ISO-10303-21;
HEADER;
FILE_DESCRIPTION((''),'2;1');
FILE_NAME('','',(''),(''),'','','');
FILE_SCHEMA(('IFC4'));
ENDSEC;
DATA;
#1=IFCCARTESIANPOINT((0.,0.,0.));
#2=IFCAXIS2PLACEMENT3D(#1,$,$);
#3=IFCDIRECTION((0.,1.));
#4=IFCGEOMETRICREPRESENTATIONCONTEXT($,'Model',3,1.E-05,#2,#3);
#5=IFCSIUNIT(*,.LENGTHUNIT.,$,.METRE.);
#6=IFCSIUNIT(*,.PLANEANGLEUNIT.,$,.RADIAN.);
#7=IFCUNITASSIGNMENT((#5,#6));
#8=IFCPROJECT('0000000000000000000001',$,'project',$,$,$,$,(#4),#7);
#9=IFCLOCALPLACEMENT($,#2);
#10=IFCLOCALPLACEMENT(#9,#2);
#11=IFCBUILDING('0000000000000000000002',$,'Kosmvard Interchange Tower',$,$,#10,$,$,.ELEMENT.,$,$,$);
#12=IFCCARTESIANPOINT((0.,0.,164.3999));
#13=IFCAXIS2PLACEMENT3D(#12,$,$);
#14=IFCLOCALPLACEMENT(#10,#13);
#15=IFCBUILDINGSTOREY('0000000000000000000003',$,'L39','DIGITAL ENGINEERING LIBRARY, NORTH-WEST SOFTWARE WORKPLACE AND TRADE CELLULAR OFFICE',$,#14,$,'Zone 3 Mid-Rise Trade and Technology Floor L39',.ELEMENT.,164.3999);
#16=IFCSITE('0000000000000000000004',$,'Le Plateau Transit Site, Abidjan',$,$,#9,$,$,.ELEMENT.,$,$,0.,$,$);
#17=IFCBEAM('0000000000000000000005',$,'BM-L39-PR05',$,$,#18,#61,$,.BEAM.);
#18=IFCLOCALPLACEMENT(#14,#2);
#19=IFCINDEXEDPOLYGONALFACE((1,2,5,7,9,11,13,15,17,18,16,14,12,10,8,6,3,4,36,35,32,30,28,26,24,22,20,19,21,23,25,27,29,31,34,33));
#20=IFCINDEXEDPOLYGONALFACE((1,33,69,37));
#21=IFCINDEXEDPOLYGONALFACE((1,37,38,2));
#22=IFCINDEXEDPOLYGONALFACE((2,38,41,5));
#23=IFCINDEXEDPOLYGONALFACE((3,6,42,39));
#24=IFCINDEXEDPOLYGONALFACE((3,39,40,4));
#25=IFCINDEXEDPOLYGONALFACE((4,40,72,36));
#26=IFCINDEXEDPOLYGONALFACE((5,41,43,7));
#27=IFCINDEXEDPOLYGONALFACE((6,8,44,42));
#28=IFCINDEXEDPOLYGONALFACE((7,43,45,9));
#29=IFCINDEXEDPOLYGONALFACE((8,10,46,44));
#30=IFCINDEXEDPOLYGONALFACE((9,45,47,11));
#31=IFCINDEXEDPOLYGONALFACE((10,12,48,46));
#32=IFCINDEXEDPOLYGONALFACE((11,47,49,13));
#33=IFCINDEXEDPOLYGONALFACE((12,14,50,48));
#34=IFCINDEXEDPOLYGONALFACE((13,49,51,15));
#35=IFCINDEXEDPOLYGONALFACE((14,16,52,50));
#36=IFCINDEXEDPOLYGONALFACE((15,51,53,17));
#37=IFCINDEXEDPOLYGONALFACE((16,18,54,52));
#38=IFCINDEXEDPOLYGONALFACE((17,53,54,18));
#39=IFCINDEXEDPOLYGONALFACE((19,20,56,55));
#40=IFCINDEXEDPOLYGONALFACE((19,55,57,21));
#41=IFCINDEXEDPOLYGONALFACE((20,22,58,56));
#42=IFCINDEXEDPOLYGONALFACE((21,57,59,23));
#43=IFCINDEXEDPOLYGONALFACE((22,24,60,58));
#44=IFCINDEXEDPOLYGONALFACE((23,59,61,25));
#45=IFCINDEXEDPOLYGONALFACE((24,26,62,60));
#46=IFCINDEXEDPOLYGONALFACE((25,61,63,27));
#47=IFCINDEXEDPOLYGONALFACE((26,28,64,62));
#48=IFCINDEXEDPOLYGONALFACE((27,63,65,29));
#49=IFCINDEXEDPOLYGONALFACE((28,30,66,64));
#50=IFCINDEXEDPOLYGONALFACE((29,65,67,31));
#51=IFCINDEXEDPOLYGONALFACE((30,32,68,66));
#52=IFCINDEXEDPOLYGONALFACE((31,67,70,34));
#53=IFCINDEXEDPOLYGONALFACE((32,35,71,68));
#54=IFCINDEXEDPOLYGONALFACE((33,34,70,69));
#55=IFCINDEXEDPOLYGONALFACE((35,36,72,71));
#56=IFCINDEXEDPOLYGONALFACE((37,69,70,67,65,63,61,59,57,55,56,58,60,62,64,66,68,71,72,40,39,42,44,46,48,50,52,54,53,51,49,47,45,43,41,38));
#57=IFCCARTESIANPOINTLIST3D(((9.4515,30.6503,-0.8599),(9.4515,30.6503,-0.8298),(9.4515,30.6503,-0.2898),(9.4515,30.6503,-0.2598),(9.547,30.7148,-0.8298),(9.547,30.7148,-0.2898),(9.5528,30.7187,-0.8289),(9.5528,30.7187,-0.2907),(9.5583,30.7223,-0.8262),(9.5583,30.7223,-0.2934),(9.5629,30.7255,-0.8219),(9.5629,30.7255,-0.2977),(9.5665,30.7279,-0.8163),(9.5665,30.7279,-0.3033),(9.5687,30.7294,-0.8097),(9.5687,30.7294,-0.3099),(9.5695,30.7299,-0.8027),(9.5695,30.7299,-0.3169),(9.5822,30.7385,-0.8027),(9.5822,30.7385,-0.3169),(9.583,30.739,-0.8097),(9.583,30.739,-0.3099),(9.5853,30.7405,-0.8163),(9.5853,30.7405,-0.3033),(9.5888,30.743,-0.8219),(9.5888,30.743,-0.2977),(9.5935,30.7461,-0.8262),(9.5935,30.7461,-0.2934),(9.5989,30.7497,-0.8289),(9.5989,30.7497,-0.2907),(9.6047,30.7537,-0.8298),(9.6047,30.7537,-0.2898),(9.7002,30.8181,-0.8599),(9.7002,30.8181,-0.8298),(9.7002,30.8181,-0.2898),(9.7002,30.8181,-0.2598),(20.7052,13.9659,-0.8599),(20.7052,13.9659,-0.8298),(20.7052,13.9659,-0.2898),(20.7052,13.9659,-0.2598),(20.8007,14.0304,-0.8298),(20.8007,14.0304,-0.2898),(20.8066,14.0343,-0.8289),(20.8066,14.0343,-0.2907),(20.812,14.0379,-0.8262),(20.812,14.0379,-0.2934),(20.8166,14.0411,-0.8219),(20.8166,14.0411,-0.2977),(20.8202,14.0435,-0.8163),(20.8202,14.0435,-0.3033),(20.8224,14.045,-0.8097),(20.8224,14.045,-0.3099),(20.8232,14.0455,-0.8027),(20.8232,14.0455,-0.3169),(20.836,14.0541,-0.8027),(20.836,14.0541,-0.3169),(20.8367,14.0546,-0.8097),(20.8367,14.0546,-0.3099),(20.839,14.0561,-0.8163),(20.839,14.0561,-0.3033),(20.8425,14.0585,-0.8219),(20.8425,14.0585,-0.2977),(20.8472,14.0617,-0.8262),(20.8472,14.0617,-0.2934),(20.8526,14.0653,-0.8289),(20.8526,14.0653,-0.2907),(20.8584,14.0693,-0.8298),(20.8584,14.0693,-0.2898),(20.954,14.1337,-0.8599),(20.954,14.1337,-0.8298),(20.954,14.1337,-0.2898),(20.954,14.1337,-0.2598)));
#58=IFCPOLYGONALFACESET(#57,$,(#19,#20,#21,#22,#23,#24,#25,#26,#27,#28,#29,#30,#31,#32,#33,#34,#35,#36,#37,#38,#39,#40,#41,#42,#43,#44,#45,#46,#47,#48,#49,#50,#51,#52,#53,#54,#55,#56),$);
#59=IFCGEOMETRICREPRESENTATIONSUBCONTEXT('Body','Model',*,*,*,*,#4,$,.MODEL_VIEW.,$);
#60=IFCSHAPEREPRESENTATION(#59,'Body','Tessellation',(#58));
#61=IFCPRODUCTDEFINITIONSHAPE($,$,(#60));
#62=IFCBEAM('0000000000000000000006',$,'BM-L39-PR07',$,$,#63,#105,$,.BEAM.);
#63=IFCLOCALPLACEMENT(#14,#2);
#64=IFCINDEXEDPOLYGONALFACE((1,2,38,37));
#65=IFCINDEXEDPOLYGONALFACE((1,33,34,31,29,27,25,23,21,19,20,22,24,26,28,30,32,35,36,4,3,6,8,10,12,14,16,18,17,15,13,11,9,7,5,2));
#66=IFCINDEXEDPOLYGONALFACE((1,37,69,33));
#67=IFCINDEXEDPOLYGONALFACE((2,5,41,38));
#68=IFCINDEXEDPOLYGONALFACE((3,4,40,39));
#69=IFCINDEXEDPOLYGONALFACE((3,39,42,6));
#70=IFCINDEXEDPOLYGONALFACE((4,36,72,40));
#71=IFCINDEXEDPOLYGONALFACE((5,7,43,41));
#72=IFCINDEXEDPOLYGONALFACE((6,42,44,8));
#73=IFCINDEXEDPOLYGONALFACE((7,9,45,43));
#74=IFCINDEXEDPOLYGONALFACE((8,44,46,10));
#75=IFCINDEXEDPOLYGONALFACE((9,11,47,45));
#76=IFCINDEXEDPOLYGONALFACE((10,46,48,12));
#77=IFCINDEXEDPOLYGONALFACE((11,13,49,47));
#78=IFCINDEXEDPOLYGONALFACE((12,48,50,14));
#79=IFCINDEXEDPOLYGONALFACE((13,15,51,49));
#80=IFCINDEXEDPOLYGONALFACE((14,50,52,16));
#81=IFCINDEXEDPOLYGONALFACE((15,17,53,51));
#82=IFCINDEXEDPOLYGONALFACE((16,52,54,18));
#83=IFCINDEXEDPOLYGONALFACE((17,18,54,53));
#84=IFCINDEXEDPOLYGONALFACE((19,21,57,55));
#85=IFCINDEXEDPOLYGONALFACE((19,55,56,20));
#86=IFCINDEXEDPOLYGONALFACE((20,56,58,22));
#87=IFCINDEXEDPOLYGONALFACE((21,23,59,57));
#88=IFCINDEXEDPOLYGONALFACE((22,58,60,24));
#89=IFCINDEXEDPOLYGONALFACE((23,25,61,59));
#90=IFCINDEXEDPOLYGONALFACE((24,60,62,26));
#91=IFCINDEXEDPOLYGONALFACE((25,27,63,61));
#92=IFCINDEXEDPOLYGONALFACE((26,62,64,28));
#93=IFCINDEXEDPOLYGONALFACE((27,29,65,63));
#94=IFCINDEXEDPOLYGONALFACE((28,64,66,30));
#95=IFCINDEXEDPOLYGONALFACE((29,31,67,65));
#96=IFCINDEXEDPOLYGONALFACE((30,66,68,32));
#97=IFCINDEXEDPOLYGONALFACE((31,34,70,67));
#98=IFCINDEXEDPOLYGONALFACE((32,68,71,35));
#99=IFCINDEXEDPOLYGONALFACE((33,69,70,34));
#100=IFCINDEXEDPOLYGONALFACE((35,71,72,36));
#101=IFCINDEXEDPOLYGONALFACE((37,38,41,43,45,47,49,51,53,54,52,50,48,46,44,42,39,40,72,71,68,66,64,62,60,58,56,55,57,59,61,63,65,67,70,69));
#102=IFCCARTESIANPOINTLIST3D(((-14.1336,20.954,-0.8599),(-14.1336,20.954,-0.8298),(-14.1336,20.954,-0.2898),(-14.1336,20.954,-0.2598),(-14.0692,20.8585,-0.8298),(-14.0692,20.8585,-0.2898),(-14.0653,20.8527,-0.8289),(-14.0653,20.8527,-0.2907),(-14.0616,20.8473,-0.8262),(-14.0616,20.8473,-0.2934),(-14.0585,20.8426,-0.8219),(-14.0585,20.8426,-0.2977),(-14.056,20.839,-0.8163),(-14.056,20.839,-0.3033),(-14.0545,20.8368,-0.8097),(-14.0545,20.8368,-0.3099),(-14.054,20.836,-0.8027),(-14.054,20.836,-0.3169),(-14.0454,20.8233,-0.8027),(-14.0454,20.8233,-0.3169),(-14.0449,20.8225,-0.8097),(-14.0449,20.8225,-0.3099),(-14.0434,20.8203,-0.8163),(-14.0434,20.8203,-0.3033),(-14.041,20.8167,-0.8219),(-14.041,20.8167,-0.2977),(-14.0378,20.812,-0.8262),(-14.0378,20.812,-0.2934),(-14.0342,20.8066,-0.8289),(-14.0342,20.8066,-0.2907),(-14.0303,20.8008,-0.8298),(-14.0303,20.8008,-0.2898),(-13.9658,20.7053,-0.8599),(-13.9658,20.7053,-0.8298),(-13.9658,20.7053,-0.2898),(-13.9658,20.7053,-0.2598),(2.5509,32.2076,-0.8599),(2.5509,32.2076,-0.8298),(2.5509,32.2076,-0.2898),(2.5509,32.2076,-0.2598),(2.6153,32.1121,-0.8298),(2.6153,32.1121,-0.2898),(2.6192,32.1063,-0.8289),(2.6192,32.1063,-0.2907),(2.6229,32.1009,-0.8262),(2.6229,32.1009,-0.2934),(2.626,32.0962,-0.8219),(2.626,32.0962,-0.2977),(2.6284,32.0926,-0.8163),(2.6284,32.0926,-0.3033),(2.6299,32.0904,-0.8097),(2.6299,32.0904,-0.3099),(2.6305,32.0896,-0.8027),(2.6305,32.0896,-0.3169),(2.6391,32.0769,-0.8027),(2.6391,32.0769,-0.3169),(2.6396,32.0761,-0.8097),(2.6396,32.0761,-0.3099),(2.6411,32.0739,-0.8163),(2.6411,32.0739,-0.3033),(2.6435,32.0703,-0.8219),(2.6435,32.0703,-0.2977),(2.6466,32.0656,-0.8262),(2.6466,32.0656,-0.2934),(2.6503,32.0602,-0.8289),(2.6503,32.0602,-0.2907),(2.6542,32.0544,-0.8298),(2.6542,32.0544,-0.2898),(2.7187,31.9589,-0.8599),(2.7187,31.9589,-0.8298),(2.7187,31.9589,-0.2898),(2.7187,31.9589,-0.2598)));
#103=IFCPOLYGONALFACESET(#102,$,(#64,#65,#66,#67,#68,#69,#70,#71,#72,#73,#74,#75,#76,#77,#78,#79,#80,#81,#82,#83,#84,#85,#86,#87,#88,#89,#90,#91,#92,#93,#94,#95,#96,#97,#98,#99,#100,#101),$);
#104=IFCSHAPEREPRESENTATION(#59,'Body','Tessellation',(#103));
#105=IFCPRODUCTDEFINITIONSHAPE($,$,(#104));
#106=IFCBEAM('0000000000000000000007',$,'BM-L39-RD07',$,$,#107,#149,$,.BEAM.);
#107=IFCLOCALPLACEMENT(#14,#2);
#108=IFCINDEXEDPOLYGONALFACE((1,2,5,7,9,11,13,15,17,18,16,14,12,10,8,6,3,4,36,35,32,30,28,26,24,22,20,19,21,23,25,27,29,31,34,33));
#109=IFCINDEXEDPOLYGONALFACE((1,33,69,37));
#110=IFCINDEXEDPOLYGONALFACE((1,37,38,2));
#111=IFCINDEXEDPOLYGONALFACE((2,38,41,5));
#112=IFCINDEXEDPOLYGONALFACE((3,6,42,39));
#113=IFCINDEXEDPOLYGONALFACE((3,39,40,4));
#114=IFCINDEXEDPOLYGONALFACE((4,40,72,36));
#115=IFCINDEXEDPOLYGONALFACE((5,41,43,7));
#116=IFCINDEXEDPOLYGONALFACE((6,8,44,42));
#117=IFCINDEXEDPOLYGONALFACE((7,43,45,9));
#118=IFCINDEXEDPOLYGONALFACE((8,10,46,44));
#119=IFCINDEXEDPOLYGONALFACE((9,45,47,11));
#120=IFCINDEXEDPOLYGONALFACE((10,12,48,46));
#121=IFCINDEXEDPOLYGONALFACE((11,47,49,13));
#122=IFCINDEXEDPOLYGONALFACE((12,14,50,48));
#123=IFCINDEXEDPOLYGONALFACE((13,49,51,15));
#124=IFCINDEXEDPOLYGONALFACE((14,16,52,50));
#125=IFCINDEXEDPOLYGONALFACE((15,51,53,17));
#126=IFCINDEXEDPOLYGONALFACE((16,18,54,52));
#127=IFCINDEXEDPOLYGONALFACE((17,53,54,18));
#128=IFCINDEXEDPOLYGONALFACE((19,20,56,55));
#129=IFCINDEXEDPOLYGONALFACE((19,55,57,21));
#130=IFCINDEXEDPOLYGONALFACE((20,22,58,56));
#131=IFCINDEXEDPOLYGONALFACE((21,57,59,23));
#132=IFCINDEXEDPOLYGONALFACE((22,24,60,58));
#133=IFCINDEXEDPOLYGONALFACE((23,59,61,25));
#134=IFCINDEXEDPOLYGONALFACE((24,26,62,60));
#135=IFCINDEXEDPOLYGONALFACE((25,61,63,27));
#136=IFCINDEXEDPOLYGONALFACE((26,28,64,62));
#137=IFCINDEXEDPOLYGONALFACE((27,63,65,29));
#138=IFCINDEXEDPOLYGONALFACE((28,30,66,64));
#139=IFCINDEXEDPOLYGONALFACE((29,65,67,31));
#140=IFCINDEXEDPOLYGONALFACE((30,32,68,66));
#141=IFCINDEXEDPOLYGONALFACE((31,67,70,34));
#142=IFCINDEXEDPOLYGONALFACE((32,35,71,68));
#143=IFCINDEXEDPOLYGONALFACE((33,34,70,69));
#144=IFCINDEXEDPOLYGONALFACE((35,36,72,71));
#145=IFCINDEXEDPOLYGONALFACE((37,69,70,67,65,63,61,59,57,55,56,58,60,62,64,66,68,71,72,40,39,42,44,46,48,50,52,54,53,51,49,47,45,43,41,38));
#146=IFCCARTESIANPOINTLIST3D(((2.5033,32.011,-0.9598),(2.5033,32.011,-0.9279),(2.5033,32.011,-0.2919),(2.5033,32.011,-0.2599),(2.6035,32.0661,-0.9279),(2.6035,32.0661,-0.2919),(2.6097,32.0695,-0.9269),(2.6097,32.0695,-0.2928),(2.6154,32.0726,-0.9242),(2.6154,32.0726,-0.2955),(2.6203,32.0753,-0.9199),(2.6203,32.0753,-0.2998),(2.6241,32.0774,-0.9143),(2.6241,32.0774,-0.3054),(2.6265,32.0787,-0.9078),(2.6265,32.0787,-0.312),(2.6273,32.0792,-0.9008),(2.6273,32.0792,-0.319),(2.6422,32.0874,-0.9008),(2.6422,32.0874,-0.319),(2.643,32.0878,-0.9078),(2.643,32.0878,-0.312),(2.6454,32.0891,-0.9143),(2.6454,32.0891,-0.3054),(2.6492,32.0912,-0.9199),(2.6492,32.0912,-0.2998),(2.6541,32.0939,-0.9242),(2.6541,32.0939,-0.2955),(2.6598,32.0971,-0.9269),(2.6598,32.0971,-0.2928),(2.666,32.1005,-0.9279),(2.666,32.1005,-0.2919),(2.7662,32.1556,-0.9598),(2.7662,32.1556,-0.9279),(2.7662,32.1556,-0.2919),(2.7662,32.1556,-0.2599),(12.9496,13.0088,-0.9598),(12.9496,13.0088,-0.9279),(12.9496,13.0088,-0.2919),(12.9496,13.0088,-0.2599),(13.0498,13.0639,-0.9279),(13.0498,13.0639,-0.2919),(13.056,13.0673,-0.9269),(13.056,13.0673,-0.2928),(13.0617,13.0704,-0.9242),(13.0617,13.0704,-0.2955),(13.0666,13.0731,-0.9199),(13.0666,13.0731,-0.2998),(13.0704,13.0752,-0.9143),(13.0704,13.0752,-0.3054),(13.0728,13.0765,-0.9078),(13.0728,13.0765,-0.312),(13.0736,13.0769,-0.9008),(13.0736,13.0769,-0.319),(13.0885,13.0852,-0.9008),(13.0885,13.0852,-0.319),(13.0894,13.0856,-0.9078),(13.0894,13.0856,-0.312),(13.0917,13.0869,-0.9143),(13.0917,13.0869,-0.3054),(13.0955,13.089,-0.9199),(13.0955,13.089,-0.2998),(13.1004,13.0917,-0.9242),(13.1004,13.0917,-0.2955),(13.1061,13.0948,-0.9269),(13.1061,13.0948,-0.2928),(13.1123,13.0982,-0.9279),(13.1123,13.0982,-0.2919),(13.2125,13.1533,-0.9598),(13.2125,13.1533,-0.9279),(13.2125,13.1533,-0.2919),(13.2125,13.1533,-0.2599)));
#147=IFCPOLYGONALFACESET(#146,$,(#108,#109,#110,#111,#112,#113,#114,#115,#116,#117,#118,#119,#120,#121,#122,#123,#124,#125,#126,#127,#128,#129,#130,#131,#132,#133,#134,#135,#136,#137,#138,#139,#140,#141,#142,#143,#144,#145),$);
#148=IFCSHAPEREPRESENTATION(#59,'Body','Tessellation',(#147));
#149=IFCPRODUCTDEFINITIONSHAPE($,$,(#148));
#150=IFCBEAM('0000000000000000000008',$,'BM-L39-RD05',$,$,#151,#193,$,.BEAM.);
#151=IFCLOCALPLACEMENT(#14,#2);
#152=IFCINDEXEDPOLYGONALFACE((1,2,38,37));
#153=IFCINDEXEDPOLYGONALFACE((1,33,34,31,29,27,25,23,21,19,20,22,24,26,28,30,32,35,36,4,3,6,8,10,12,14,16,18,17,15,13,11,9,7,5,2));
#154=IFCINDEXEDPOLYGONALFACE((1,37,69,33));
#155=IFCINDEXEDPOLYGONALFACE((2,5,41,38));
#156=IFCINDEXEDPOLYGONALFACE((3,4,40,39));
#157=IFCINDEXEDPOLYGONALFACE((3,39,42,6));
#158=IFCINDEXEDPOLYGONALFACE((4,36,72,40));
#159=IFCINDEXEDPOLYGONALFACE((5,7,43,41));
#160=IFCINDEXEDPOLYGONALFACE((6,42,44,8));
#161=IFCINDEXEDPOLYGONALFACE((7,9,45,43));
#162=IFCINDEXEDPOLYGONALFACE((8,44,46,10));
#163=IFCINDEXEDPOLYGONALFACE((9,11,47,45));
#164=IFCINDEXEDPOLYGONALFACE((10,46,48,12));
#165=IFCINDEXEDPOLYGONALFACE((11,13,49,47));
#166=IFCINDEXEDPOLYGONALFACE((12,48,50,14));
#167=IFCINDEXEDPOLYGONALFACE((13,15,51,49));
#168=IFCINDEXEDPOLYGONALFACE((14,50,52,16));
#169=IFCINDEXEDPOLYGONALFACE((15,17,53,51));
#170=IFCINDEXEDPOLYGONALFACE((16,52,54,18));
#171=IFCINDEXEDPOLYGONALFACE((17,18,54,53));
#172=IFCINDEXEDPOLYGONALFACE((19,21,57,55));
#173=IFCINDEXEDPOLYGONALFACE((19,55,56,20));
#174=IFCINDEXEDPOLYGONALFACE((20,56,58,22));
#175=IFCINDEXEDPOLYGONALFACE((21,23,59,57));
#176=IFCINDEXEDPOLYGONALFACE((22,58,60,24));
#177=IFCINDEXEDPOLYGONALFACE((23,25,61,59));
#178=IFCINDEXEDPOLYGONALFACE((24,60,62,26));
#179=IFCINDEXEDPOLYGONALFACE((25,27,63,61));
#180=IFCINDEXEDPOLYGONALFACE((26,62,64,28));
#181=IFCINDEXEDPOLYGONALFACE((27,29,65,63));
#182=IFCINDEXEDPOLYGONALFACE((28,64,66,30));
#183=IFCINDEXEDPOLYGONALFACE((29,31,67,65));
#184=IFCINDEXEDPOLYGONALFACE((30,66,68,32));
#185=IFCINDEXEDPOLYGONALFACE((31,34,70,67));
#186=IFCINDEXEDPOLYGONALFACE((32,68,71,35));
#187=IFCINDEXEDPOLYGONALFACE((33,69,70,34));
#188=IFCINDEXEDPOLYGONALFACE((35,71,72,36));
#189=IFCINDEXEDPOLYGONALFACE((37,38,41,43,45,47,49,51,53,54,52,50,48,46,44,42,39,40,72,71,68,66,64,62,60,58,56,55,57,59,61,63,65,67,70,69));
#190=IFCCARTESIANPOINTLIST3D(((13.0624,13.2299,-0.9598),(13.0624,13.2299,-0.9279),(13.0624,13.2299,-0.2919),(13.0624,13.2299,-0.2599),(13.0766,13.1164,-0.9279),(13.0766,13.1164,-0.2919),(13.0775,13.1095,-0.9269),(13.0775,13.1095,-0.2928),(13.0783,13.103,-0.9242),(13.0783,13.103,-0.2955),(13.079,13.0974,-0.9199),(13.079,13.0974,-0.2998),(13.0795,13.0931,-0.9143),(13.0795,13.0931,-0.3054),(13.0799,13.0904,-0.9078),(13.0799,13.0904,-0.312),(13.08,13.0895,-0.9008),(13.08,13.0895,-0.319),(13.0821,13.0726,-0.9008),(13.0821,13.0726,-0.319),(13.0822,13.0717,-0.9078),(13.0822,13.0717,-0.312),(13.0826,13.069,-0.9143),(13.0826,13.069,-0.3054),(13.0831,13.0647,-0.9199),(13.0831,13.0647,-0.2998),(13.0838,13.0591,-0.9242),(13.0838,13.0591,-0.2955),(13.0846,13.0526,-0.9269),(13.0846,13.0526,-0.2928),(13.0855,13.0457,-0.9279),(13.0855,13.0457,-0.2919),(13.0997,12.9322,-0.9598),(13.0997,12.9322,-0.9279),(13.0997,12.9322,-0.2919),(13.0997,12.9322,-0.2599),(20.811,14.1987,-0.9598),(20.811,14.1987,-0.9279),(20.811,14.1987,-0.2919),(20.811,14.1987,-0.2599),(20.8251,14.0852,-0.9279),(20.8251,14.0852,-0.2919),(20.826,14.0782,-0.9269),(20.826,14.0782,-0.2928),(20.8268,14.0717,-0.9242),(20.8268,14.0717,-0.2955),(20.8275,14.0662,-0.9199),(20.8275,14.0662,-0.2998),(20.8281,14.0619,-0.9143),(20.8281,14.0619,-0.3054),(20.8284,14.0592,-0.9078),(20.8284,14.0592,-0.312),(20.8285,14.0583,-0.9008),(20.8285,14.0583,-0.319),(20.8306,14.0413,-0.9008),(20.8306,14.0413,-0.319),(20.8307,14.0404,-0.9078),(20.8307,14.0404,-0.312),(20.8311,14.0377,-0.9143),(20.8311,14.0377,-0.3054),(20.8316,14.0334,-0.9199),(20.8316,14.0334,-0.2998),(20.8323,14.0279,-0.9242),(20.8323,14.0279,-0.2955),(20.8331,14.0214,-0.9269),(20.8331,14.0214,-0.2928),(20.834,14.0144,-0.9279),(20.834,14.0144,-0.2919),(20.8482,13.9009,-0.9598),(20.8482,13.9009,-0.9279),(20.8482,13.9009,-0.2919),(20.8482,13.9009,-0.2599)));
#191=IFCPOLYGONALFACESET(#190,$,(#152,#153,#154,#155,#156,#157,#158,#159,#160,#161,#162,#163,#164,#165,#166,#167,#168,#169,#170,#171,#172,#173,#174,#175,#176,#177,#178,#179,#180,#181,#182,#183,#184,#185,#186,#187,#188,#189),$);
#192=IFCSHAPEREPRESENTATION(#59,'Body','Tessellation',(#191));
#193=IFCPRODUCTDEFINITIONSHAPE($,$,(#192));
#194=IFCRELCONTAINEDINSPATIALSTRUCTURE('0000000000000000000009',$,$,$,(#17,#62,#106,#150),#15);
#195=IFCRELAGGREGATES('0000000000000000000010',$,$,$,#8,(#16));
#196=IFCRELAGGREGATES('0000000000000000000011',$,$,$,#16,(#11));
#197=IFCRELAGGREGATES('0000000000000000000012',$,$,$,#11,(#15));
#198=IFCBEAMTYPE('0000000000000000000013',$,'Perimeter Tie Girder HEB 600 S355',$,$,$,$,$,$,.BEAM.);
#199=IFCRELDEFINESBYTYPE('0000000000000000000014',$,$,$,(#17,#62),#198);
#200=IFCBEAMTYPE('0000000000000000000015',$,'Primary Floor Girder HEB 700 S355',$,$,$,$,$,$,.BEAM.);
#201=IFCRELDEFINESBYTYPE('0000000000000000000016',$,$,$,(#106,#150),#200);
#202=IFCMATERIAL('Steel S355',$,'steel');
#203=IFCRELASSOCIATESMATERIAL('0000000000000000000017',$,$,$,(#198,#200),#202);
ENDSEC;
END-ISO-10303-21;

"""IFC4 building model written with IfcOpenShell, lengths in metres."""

from ifc_helpers import new_model, si_unit, direction, frame, origin, origin_2d, place, context, subcontext, project, spatial, i_section, extrude, source, transform, mapped, material, material_profile, profile_set, type_object, element, save


model = new_model("IFC4")

# Units and contexts
model_context = context("Model", 3, precision=1e-05, world=origin(), true_north=direction((0.0, 1.0)))
body_context = subcontext(model_context, "Body", "Model", "MODEL_VIEW")
ifc_project = project(units=[si_unit("LENGTHUNIT", "METRE"), si_unit("PLANEANGLEUNIT", "RADIAN")], contexts=[model_context])

# Site, building, storey
site_placement = place(None, origin())
site = spatial("IfcSite", under=ifc_project, at=site_placement, Name="Le Plateau Transit Site, Abidjan", CompositionType="ELEMENT", RefElevation=0.0)
building_placement = place(site_placement, origin())
building = spatial("IfcBuilding", under=site, at=building_placement, Name="Kosmvard Interchange Tower", CompositionType="ELEMENT")
storey_placement = place(building_placement, frame((0.0, 0.0, 164.3999)))
storey = spatial("IfcBuildingStorey", under=building, at=storey_placement, Name="L39", Description="DIGITAL ENGINEERING LIBRARY, NORTH-WEST SOFTWARE WORKPLACE AND TRADE CELLULAR OFFICE", LongName="Zone 3 Mid-Rise Trade and Technology Floor L39", CompositionType="ELEMENT", Elevation=164.3999)

# Beams
ifc_material_1 = material(Name="Steel S355", Category="steel")
ifc_material_profile_1 = material_profile(ifc_material_1, i_section(OverallWidth=0.3, OverallDepth=0.6001, WebThickness=0.0154, FlangeThickness=0.03, FilletRadius=0.0271, at=origin_2d()), Name="HEB 600")
ifc_profile_set_1 = profile_set([ifc_material_profile_1], Name="Steel S355")
beam_type_1 = type_object("IfcBeamType", Name="Perimeter Tie Girder HEB 600 S355", PredefinedType="BEAM", material=ifc_profile_set_1)
shared_shape_1 = source(origin(), body_context, "Body", "SweptSolid", [
    extrude(i_section(OverallWidth=0.3, OverallDepth=0.6001, WebThickness=0.0154, FlangeThickness=0.03, FilletRadius=0.0271, at=origin_2d()), origin(), (0.0, 0.0, 1.0), 20.125),
])
for number, where, z_axis, x_axis, name in (
    (1, (20.8296, 14.0498, -0.5598), (-0.559191, 0.829039, 0.0), (-0.829039, -0.559191, 0.0), "BM-L39-PR05"),
    (2, (2.6348, 32.0833, -0.5598), (-0.829043, -0.559185, 0.0), (0.559185, -0.829043, 0.0), "BM-L39-PR07"),
):
    element("IfcBeam", number, at=place(storey_placement, frame(where, z_axis=z_axis, x_axis=x_axis)), inside=storey, type_object=beam_type_1, Name=name, PredefinedType="BEAM", context=body_context, shape_type="MappedRepresentation", body=[
        mapped(shared_shape_1, transform((0.0, 0.0, 0.0), scale=1.0)),
    ])
ifc_material_profile_2 = material_profile(ifc_material_1, i_section(OverallWidth=0.3, OverallDepth=0.7, WebThickness=0.0171, FlangeThickness=0.032, FilletRadius=0.0271, at=origin_2d()), Name="HEB 700")
ifc_profile_set_2 = profile_set([ifc_material_profile_2], Name="Steel S355")
beam_type_2 = type_object("IfcBeamType", Name="Primary Floor Girder HEB 700 S355", PredefinedType="BEAM", material=ifc_profile_set_2)
shared_shape_2 = source(origin(), body_context, "Body", "SweptSolid", [
    extrude(i_section(OverallWidth=0.3, OverallDepth=0.7, WebThickness=0.0171, FlangeThickness=0.032, FilletRadius=0.0271, at=origin_2d()), origin(), (0.0, 0.0, 1.0), 21.6843),
])
beam_1_placement = place(storey_placement, frame((13.0811, 13.0811, -0.6099), z_axis=(-0.481745, 0.876312, 0.0), x_axis=(-0.876312, -0.481745, 0.0)))
element("IfcBeam", 3, at=beam_1_placement, inside=storey, type_object=beam_type_2, Name="BM-L39-RD07", PredefinedType="BEAM", context=body_context, shape_type="MappedRepresentation", body=[
    mapped(shared_shape_2, transform((0.0, 0.0, 0.0), scale=1.0)),
])
shared_shape_3 = source(origin(), body_context, "Body", "SweptSolid", [
    extrude(i_section(OverallWidth=0.3, OverallDepth=0.7, WebThickness=0.0171, FlangeThickness=0.032, FilletRadius=0.0271, at=origin_2d()), origin(), (0.0, 0.0, 1.0), 7.8088),
])
beam_2_placement = place(storey_placement, frame((13.0811, 13.0811, -0.6099), z_axis=(0.992275, 0.124058, 0.0), x_axis=(-0.124058, 0.992275, 0.0)))
element("IfcBeam", 4, at=beam_2_placement, inside=storey, type_object=beam_type_2, Name="BM-L39-RD05", PredefinedType="BEAM", context=body_context, shape_type="MappedRepresentation", body=[
    mapped(shared_shape_3, transform((0.0, 0.0, 0.0), scale=1.0)),
])

save(model, "model.ifc")
